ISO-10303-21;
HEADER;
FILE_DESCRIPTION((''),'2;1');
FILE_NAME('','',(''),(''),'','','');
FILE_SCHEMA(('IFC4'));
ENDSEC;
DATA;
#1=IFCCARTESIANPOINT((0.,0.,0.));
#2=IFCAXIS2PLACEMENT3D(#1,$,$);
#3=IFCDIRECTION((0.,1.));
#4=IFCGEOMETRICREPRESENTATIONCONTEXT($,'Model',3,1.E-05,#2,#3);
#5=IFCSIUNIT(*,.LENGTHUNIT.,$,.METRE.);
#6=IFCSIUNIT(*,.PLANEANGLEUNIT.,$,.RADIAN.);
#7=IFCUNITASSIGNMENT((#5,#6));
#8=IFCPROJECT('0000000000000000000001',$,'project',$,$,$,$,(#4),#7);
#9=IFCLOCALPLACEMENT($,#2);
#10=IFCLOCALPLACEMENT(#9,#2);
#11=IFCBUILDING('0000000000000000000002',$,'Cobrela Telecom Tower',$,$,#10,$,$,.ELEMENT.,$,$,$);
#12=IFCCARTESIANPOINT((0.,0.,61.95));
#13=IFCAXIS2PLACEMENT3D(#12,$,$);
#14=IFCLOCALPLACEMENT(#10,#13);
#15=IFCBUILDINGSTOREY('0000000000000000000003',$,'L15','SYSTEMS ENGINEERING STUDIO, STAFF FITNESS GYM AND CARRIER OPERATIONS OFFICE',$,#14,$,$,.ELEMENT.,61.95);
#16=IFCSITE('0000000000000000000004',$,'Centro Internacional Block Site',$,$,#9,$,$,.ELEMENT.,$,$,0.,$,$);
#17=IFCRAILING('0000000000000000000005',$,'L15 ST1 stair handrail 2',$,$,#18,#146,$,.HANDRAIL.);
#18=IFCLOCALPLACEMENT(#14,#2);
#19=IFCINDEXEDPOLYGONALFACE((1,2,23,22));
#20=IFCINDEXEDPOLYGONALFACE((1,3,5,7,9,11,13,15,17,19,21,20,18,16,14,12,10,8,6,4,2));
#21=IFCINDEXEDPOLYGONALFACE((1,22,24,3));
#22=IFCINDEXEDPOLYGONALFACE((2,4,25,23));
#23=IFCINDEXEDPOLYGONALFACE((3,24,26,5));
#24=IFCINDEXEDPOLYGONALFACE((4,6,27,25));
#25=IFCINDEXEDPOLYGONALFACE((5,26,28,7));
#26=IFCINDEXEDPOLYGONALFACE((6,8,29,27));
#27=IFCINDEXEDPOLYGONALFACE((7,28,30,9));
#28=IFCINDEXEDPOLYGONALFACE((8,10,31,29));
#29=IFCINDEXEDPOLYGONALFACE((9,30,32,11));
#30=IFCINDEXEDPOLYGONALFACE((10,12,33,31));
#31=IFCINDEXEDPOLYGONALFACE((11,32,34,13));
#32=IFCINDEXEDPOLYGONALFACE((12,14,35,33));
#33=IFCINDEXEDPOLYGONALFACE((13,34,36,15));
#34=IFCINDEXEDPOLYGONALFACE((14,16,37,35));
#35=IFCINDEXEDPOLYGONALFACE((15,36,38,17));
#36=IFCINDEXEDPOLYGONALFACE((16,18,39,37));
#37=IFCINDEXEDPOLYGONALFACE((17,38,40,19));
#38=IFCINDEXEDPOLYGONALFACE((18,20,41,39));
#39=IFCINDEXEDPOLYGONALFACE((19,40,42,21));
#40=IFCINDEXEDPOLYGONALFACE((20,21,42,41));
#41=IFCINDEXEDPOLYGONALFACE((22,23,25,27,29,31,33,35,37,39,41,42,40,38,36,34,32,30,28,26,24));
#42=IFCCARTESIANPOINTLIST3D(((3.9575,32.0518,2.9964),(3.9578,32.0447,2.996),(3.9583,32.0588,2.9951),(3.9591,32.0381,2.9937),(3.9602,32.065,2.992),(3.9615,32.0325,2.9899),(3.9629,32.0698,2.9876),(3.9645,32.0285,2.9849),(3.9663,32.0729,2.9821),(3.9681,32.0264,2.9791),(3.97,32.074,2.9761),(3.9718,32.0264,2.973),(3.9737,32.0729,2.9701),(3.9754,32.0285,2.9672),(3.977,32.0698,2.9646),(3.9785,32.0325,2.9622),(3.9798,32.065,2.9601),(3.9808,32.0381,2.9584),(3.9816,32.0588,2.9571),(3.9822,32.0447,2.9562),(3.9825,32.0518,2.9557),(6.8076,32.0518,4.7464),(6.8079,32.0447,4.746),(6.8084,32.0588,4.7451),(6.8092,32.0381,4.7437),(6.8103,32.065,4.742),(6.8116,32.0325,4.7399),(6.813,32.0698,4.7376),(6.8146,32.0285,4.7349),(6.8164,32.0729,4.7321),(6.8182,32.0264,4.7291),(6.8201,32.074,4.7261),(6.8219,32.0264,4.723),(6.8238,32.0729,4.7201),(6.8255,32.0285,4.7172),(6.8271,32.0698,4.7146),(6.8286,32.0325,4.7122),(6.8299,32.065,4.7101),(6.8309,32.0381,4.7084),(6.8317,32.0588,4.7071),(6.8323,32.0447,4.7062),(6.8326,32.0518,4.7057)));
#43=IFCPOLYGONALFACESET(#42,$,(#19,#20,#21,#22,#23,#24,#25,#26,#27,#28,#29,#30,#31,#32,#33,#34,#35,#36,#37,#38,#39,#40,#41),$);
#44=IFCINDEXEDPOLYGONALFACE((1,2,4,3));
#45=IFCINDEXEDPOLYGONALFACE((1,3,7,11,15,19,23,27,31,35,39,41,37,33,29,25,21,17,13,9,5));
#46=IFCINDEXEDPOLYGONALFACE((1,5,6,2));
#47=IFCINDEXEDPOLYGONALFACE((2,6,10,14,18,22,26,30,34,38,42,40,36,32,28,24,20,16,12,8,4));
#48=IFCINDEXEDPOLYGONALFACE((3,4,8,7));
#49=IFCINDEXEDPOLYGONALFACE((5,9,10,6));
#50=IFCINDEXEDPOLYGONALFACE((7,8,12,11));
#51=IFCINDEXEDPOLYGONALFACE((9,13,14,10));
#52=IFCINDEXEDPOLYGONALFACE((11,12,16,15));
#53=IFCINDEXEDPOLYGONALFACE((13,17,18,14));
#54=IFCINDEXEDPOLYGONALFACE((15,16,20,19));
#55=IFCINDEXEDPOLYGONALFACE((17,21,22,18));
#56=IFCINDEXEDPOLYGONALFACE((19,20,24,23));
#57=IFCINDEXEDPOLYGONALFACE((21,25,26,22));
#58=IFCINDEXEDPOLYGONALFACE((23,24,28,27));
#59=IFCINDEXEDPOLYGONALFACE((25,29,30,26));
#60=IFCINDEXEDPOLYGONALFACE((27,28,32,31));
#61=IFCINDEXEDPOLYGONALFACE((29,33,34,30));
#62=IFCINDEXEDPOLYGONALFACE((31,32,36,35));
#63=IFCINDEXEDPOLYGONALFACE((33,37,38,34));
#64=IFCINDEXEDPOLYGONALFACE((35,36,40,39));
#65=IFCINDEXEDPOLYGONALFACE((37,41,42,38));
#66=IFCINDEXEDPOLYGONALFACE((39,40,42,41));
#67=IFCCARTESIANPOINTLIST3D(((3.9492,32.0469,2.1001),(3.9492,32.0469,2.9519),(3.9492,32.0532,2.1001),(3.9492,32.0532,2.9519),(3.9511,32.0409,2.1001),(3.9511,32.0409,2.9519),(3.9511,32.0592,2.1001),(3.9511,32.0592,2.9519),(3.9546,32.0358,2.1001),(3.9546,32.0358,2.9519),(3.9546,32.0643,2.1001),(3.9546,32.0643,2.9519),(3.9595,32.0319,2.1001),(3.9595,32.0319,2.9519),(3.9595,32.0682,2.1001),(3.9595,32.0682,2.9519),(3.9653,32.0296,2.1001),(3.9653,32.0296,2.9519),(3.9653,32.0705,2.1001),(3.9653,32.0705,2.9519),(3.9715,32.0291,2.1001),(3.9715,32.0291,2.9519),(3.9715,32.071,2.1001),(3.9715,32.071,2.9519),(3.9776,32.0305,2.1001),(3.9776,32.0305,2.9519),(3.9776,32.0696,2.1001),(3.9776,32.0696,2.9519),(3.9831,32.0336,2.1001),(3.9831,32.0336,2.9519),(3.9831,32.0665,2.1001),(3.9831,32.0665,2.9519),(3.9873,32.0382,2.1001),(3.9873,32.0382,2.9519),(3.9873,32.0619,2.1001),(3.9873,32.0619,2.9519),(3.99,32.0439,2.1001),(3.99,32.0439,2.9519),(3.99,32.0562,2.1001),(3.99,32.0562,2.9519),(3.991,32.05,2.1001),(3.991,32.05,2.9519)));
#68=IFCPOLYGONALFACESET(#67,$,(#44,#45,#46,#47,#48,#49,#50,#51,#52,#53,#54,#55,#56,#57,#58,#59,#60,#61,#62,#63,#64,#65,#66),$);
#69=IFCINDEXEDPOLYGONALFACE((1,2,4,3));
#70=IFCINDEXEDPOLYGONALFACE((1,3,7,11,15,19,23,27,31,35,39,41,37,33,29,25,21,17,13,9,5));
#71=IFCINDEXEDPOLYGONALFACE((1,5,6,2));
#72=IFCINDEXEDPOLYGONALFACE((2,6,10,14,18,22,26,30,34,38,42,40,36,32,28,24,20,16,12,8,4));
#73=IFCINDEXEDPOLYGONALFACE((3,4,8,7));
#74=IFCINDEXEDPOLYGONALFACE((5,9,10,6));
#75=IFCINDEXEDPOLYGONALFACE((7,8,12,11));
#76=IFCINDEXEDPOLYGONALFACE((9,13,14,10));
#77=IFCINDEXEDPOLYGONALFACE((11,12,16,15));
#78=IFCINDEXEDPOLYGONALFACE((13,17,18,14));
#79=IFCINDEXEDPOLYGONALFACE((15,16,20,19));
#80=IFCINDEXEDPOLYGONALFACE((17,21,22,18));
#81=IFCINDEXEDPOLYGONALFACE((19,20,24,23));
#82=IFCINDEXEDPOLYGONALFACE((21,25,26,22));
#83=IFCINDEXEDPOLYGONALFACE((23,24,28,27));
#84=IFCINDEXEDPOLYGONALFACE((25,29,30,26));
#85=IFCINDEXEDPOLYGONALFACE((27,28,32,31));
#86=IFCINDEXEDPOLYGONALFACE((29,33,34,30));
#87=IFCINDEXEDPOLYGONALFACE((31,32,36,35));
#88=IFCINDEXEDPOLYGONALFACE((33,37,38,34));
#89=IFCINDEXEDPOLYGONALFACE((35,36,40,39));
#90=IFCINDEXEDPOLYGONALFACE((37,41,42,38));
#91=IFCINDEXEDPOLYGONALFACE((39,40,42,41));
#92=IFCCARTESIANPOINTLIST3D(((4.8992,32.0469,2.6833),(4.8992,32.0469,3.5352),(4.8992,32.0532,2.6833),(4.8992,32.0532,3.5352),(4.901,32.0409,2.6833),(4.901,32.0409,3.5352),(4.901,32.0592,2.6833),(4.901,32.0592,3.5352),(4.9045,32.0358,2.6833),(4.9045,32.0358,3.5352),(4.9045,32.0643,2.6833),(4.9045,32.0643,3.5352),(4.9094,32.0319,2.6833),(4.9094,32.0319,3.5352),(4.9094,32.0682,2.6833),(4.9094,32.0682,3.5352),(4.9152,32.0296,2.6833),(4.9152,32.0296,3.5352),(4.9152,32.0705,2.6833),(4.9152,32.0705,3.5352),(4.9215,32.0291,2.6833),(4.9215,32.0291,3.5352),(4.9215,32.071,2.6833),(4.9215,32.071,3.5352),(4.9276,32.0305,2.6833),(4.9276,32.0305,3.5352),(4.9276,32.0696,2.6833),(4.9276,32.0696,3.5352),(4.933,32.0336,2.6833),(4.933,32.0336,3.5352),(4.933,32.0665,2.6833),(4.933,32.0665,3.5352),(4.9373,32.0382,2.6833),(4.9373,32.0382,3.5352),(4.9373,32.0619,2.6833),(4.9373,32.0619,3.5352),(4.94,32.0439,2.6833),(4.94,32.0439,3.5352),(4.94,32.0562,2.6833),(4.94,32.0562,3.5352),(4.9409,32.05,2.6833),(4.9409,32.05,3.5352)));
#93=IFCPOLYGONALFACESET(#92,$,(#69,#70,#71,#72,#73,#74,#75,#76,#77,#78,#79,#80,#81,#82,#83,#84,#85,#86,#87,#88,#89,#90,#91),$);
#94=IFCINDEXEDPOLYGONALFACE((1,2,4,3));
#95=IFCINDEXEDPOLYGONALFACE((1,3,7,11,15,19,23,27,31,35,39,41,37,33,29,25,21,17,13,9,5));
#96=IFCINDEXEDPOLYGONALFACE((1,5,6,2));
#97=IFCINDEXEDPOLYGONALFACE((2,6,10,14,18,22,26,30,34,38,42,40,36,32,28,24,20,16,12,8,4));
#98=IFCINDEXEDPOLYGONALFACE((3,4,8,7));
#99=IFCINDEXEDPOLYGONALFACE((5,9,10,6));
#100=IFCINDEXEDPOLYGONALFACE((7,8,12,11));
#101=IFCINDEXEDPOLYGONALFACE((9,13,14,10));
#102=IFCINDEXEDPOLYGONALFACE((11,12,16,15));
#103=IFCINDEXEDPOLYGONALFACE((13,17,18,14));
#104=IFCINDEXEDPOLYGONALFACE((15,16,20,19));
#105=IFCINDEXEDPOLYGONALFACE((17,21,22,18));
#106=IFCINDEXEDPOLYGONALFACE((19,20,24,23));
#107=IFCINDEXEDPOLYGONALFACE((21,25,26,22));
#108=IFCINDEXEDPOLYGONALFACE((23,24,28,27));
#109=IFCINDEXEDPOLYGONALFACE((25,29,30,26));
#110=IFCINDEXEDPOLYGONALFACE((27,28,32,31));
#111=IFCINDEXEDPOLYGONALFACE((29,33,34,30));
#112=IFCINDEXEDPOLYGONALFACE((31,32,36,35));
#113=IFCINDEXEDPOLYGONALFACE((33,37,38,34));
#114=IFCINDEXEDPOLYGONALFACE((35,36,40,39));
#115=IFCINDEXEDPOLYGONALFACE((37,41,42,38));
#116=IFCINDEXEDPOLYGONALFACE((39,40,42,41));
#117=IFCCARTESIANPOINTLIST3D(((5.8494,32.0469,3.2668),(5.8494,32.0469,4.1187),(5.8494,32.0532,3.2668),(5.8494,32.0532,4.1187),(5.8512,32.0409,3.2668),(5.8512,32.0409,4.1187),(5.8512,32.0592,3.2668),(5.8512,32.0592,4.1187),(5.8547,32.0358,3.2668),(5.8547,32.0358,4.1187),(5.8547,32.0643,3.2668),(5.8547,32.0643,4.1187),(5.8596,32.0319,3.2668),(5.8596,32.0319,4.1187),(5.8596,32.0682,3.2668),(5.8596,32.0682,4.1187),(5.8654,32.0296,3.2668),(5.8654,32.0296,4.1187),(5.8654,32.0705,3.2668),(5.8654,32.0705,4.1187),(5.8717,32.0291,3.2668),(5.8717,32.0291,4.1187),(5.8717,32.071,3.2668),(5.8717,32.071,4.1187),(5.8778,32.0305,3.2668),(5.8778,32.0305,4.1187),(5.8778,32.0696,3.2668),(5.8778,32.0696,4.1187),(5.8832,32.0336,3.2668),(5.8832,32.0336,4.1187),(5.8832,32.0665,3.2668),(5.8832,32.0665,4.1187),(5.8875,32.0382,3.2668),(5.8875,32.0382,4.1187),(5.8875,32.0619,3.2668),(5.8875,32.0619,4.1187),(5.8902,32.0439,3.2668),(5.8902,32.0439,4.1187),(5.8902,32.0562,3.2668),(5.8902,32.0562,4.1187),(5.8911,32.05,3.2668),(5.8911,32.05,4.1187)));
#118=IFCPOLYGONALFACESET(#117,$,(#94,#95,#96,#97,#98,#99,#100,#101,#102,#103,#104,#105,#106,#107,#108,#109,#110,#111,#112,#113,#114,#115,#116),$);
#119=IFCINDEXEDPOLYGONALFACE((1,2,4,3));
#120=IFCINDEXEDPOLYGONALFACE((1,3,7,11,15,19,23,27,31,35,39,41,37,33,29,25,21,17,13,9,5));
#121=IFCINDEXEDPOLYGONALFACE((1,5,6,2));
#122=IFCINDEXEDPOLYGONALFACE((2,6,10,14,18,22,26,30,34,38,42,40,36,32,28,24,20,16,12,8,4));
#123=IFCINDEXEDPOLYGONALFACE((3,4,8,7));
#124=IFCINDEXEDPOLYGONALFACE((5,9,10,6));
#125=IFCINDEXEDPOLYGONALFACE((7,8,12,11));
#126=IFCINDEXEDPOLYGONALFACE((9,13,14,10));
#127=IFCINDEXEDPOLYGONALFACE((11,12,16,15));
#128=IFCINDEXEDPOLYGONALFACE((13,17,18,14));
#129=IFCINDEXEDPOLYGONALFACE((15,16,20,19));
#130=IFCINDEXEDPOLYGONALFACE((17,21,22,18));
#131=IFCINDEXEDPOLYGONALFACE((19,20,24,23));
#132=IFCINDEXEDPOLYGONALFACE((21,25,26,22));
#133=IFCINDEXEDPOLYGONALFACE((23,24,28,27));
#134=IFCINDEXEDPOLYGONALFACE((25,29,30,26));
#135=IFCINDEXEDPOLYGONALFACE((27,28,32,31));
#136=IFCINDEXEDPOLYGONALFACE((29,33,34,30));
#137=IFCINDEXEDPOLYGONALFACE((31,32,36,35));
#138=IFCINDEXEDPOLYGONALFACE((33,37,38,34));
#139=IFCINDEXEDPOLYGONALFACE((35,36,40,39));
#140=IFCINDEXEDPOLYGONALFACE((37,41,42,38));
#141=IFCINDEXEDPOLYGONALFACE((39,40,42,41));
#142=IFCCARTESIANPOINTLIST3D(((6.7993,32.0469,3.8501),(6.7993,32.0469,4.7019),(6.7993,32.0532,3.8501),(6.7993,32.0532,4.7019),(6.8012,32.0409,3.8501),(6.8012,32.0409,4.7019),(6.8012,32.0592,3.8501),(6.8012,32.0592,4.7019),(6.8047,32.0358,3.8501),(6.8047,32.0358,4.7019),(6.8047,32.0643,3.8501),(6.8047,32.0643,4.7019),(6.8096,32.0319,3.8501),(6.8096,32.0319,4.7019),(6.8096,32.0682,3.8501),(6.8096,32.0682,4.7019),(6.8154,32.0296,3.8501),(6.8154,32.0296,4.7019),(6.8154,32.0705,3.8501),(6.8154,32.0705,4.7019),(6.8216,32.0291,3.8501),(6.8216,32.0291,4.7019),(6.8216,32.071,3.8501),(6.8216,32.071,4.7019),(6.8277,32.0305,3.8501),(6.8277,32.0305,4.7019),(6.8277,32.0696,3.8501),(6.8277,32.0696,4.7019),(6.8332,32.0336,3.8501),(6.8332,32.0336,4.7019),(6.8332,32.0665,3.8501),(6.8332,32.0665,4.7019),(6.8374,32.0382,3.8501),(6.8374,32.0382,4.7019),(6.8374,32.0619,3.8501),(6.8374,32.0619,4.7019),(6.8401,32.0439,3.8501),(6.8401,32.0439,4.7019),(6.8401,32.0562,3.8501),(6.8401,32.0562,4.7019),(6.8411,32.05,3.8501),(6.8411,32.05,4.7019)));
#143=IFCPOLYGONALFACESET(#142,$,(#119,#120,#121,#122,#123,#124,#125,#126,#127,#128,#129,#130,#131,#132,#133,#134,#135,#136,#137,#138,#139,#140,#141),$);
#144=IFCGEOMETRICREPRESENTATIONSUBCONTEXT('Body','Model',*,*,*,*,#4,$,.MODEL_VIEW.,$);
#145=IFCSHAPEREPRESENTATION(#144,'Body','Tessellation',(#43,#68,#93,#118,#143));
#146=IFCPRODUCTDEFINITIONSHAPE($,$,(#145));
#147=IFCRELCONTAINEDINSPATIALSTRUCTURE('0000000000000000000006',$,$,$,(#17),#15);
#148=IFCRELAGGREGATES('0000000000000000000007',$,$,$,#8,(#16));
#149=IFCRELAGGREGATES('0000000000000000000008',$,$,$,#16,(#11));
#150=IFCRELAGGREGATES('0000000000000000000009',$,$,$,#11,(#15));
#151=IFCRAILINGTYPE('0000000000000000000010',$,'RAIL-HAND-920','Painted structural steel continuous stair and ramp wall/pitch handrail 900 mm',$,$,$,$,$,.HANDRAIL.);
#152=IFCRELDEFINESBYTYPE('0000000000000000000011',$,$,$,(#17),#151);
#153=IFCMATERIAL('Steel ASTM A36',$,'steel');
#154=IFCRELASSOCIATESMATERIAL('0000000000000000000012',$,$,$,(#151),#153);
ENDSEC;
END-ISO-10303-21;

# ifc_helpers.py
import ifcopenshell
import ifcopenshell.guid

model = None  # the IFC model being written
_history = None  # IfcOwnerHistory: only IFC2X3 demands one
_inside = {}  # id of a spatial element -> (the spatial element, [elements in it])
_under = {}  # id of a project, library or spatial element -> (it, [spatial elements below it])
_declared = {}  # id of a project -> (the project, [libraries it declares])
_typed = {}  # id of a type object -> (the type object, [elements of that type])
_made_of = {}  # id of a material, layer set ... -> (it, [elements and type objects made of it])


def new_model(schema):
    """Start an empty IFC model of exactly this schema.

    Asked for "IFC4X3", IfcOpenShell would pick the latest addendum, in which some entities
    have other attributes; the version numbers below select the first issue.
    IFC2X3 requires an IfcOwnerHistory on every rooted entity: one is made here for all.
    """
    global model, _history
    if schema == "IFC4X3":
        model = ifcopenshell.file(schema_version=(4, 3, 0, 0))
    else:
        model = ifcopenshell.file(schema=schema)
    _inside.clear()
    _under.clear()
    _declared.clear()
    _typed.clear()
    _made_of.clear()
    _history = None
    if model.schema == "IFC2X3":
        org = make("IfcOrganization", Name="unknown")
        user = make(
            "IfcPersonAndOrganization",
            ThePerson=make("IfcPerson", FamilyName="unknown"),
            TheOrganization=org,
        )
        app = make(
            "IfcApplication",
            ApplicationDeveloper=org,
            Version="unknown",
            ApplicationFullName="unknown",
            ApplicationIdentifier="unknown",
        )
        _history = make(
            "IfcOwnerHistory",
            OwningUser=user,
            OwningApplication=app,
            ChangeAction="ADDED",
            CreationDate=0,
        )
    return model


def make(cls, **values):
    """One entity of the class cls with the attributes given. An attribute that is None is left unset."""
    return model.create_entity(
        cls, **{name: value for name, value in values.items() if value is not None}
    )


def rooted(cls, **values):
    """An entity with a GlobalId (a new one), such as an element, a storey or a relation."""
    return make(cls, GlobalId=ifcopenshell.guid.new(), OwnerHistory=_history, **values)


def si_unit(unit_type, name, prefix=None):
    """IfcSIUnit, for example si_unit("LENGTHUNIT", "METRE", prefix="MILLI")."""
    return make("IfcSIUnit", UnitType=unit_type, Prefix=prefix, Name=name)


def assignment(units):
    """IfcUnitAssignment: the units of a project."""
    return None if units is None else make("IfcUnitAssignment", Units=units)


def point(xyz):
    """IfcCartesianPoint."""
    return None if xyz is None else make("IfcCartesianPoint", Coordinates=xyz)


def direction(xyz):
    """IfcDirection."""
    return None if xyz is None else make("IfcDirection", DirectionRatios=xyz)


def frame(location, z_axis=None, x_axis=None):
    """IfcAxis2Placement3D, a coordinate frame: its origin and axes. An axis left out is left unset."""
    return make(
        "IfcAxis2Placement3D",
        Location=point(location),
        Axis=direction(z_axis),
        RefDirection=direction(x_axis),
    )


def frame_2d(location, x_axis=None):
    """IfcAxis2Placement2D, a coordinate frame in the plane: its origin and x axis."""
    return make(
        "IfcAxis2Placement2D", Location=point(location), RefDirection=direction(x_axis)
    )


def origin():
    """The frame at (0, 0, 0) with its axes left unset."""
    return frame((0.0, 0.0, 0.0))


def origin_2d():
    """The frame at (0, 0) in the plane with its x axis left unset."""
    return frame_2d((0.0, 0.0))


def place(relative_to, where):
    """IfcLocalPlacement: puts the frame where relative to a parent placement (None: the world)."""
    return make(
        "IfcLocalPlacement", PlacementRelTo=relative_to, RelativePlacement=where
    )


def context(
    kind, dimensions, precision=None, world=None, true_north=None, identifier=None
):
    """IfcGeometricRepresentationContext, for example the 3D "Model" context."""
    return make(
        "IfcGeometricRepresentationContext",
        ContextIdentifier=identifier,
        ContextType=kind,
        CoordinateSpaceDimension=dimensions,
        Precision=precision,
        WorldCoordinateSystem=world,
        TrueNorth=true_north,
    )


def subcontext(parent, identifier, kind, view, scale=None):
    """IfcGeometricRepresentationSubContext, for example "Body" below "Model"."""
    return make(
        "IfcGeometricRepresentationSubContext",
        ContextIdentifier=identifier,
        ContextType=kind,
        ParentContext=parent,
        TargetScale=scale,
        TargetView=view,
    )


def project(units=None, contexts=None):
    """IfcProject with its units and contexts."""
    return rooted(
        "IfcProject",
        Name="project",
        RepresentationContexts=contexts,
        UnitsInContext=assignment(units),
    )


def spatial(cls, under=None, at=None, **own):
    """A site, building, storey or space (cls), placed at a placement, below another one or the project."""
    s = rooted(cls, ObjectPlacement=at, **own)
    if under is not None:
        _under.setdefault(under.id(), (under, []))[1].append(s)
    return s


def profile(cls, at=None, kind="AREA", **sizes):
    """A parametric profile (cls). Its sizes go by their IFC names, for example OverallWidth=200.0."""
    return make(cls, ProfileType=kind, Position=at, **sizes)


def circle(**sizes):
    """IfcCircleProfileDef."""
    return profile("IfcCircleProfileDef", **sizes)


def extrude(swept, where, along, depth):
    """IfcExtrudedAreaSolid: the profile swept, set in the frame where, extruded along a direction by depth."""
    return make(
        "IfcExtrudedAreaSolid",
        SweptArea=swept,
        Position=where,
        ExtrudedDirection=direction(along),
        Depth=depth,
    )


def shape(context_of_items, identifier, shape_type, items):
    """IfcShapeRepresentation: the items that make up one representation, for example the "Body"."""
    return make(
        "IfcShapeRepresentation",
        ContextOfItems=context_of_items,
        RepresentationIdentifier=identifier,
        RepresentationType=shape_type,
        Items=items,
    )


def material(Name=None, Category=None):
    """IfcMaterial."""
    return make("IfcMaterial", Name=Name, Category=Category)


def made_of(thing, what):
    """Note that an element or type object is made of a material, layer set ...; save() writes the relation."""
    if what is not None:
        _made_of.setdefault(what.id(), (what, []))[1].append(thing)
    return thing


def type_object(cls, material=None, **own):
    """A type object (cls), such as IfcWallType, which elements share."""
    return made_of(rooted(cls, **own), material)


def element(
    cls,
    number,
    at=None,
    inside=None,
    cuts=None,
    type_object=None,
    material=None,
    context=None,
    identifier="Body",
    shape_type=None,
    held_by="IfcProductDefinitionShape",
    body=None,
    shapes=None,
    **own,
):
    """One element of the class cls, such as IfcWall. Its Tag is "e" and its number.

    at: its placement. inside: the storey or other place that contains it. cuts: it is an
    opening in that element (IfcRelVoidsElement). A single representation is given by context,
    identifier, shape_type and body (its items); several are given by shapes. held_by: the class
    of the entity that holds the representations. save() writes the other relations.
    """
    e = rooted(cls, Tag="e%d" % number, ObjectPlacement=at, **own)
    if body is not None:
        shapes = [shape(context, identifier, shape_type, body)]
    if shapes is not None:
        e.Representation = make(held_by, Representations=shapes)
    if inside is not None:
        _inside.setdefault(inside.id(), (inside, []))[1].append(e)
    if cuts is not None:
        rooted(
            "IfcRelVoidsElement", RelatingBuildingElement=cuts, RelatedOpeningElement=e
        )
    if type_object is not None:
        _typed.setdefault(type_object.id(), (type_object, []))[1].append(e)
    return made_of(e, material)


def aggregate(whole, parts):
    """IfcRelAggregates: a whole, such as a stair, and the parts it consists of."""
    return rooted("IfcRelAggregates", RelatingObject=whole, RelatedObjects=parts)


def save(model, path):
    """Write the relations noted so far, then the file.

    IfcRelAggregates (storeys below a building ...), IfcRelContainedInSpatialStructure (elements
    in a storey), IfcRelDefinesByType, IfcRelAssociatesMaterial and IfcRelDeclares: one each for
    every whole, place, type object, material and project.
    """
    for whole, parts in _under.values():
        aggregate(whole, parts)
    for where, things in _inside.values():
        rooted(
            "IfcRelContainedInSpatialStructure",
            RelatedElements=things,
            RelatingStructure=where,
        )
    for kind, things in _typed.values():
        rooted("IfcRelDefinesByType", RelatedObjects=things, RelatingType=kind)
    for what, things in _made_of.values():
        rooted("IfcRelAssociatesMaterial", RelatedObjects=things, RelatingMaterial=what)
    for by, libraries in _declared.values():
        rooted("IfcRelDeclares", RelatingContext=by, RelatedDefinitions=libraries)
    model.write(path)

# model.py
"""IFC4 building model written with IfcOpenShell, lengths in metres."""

from ifc_helpers import new_model, si_unit, direction, frame, origin, origin_2d, place, context, subcontext, project, spatial, circle, extrude, material, type_object, element, save


model = new_model("IFC4")

# Units and contexts
model_context = context("Model", 3, precision=1e-05, world=origin(), true_north=direction((0.0, 1.0)))
body_context = subcontext(model_context, "Body", "Model", "MODEL_VIEW")
ifc_project = project(units=[si_unit("LENGTHUNIT", "METRE"), si_unit("PLANEANGLEUNIT", "RADIAN")], contexts=[model_context])

# Site, building, storey
site_placement = place(None, origin())
site = spatial("IfcSite", under=ifc_project, at=site_placement, Name="Centro Internacional Block Site", CompositionType="ELEMENT", RefElevation=0.0)
building_placement = place(site_placement, origin())
building = spatial("IfcBuilding", under=site, at=building_placement, Name="Cobrela Telecom Tower", CompositionType="ELEMENT")
storey_placement = place(building_placement, frame((0.0, 0.0, 61.95)))
storey = spatial("IfcBuildingStorey", under=building, at=storey_placement, Name="L15", Description="SYSTEMS ENGINEERING STUDIO, STAFF FITNESS GYM AND CARRIER OPERATIONS OFFICE", CompositionType="ELEMENT", Elevation=61.95)

# Shared definitions
ifc_material_1 = material(Name="Steel ASTM A36", Category="steel")

# Railing
railing_type_1 = type_object("IfcRailingType", Name="RAIL-HAND-920", Description="Painted structural steel continuous stair and ramp wall/pitch handrail 900 mm", PredefinedType="HANDRAIL", material=ifc_material_1)
railing_1_placement = place(storey_placement, frame((3.97, 32.05, 2.1001)))
element("IfcRailing", 1, at=railing_1_placement, inside=storey, type_object=railing_type_1, Name="L15 ST1 stair handrail 2", PredefinedType="HANDRAIL", context=body_context, shape_type="SweptSolid", body=[
    extrude(circle(Radius=0.0239, at=origin_2d()), frame((0.0, 0.0, 0.876), z_axis=(0.852179, 0.0, 0.52325), x_axis=(0.0, 1.0, 0.0)), (0.0, 0.0, 1.0), 3.3445),
    extrude(circle(Radius=0.021, at=origin_2d()), origin(), (0.0, 0.0, 1.0), 0.8518),
    extrude(circle(Radius=0.021, at=origin_2d()), frame((0.95, 0.0, 0.5833)), (0.0, 0.0, 1.0), 0.8518),
    extrude(circle(Radius=0.021, at=origin_2d()), frame((1.9001, 0.0, 1.1667)), (0.0, 0.0, 1.0), 0.8518),
    extrude(circle(Radius=0.021, at=origin_2d()), frame((2.8501, 0.0, 1.75)), (0.0, 0.0, 1.0), 0.8518),
])

save(model, "model.ifc")
